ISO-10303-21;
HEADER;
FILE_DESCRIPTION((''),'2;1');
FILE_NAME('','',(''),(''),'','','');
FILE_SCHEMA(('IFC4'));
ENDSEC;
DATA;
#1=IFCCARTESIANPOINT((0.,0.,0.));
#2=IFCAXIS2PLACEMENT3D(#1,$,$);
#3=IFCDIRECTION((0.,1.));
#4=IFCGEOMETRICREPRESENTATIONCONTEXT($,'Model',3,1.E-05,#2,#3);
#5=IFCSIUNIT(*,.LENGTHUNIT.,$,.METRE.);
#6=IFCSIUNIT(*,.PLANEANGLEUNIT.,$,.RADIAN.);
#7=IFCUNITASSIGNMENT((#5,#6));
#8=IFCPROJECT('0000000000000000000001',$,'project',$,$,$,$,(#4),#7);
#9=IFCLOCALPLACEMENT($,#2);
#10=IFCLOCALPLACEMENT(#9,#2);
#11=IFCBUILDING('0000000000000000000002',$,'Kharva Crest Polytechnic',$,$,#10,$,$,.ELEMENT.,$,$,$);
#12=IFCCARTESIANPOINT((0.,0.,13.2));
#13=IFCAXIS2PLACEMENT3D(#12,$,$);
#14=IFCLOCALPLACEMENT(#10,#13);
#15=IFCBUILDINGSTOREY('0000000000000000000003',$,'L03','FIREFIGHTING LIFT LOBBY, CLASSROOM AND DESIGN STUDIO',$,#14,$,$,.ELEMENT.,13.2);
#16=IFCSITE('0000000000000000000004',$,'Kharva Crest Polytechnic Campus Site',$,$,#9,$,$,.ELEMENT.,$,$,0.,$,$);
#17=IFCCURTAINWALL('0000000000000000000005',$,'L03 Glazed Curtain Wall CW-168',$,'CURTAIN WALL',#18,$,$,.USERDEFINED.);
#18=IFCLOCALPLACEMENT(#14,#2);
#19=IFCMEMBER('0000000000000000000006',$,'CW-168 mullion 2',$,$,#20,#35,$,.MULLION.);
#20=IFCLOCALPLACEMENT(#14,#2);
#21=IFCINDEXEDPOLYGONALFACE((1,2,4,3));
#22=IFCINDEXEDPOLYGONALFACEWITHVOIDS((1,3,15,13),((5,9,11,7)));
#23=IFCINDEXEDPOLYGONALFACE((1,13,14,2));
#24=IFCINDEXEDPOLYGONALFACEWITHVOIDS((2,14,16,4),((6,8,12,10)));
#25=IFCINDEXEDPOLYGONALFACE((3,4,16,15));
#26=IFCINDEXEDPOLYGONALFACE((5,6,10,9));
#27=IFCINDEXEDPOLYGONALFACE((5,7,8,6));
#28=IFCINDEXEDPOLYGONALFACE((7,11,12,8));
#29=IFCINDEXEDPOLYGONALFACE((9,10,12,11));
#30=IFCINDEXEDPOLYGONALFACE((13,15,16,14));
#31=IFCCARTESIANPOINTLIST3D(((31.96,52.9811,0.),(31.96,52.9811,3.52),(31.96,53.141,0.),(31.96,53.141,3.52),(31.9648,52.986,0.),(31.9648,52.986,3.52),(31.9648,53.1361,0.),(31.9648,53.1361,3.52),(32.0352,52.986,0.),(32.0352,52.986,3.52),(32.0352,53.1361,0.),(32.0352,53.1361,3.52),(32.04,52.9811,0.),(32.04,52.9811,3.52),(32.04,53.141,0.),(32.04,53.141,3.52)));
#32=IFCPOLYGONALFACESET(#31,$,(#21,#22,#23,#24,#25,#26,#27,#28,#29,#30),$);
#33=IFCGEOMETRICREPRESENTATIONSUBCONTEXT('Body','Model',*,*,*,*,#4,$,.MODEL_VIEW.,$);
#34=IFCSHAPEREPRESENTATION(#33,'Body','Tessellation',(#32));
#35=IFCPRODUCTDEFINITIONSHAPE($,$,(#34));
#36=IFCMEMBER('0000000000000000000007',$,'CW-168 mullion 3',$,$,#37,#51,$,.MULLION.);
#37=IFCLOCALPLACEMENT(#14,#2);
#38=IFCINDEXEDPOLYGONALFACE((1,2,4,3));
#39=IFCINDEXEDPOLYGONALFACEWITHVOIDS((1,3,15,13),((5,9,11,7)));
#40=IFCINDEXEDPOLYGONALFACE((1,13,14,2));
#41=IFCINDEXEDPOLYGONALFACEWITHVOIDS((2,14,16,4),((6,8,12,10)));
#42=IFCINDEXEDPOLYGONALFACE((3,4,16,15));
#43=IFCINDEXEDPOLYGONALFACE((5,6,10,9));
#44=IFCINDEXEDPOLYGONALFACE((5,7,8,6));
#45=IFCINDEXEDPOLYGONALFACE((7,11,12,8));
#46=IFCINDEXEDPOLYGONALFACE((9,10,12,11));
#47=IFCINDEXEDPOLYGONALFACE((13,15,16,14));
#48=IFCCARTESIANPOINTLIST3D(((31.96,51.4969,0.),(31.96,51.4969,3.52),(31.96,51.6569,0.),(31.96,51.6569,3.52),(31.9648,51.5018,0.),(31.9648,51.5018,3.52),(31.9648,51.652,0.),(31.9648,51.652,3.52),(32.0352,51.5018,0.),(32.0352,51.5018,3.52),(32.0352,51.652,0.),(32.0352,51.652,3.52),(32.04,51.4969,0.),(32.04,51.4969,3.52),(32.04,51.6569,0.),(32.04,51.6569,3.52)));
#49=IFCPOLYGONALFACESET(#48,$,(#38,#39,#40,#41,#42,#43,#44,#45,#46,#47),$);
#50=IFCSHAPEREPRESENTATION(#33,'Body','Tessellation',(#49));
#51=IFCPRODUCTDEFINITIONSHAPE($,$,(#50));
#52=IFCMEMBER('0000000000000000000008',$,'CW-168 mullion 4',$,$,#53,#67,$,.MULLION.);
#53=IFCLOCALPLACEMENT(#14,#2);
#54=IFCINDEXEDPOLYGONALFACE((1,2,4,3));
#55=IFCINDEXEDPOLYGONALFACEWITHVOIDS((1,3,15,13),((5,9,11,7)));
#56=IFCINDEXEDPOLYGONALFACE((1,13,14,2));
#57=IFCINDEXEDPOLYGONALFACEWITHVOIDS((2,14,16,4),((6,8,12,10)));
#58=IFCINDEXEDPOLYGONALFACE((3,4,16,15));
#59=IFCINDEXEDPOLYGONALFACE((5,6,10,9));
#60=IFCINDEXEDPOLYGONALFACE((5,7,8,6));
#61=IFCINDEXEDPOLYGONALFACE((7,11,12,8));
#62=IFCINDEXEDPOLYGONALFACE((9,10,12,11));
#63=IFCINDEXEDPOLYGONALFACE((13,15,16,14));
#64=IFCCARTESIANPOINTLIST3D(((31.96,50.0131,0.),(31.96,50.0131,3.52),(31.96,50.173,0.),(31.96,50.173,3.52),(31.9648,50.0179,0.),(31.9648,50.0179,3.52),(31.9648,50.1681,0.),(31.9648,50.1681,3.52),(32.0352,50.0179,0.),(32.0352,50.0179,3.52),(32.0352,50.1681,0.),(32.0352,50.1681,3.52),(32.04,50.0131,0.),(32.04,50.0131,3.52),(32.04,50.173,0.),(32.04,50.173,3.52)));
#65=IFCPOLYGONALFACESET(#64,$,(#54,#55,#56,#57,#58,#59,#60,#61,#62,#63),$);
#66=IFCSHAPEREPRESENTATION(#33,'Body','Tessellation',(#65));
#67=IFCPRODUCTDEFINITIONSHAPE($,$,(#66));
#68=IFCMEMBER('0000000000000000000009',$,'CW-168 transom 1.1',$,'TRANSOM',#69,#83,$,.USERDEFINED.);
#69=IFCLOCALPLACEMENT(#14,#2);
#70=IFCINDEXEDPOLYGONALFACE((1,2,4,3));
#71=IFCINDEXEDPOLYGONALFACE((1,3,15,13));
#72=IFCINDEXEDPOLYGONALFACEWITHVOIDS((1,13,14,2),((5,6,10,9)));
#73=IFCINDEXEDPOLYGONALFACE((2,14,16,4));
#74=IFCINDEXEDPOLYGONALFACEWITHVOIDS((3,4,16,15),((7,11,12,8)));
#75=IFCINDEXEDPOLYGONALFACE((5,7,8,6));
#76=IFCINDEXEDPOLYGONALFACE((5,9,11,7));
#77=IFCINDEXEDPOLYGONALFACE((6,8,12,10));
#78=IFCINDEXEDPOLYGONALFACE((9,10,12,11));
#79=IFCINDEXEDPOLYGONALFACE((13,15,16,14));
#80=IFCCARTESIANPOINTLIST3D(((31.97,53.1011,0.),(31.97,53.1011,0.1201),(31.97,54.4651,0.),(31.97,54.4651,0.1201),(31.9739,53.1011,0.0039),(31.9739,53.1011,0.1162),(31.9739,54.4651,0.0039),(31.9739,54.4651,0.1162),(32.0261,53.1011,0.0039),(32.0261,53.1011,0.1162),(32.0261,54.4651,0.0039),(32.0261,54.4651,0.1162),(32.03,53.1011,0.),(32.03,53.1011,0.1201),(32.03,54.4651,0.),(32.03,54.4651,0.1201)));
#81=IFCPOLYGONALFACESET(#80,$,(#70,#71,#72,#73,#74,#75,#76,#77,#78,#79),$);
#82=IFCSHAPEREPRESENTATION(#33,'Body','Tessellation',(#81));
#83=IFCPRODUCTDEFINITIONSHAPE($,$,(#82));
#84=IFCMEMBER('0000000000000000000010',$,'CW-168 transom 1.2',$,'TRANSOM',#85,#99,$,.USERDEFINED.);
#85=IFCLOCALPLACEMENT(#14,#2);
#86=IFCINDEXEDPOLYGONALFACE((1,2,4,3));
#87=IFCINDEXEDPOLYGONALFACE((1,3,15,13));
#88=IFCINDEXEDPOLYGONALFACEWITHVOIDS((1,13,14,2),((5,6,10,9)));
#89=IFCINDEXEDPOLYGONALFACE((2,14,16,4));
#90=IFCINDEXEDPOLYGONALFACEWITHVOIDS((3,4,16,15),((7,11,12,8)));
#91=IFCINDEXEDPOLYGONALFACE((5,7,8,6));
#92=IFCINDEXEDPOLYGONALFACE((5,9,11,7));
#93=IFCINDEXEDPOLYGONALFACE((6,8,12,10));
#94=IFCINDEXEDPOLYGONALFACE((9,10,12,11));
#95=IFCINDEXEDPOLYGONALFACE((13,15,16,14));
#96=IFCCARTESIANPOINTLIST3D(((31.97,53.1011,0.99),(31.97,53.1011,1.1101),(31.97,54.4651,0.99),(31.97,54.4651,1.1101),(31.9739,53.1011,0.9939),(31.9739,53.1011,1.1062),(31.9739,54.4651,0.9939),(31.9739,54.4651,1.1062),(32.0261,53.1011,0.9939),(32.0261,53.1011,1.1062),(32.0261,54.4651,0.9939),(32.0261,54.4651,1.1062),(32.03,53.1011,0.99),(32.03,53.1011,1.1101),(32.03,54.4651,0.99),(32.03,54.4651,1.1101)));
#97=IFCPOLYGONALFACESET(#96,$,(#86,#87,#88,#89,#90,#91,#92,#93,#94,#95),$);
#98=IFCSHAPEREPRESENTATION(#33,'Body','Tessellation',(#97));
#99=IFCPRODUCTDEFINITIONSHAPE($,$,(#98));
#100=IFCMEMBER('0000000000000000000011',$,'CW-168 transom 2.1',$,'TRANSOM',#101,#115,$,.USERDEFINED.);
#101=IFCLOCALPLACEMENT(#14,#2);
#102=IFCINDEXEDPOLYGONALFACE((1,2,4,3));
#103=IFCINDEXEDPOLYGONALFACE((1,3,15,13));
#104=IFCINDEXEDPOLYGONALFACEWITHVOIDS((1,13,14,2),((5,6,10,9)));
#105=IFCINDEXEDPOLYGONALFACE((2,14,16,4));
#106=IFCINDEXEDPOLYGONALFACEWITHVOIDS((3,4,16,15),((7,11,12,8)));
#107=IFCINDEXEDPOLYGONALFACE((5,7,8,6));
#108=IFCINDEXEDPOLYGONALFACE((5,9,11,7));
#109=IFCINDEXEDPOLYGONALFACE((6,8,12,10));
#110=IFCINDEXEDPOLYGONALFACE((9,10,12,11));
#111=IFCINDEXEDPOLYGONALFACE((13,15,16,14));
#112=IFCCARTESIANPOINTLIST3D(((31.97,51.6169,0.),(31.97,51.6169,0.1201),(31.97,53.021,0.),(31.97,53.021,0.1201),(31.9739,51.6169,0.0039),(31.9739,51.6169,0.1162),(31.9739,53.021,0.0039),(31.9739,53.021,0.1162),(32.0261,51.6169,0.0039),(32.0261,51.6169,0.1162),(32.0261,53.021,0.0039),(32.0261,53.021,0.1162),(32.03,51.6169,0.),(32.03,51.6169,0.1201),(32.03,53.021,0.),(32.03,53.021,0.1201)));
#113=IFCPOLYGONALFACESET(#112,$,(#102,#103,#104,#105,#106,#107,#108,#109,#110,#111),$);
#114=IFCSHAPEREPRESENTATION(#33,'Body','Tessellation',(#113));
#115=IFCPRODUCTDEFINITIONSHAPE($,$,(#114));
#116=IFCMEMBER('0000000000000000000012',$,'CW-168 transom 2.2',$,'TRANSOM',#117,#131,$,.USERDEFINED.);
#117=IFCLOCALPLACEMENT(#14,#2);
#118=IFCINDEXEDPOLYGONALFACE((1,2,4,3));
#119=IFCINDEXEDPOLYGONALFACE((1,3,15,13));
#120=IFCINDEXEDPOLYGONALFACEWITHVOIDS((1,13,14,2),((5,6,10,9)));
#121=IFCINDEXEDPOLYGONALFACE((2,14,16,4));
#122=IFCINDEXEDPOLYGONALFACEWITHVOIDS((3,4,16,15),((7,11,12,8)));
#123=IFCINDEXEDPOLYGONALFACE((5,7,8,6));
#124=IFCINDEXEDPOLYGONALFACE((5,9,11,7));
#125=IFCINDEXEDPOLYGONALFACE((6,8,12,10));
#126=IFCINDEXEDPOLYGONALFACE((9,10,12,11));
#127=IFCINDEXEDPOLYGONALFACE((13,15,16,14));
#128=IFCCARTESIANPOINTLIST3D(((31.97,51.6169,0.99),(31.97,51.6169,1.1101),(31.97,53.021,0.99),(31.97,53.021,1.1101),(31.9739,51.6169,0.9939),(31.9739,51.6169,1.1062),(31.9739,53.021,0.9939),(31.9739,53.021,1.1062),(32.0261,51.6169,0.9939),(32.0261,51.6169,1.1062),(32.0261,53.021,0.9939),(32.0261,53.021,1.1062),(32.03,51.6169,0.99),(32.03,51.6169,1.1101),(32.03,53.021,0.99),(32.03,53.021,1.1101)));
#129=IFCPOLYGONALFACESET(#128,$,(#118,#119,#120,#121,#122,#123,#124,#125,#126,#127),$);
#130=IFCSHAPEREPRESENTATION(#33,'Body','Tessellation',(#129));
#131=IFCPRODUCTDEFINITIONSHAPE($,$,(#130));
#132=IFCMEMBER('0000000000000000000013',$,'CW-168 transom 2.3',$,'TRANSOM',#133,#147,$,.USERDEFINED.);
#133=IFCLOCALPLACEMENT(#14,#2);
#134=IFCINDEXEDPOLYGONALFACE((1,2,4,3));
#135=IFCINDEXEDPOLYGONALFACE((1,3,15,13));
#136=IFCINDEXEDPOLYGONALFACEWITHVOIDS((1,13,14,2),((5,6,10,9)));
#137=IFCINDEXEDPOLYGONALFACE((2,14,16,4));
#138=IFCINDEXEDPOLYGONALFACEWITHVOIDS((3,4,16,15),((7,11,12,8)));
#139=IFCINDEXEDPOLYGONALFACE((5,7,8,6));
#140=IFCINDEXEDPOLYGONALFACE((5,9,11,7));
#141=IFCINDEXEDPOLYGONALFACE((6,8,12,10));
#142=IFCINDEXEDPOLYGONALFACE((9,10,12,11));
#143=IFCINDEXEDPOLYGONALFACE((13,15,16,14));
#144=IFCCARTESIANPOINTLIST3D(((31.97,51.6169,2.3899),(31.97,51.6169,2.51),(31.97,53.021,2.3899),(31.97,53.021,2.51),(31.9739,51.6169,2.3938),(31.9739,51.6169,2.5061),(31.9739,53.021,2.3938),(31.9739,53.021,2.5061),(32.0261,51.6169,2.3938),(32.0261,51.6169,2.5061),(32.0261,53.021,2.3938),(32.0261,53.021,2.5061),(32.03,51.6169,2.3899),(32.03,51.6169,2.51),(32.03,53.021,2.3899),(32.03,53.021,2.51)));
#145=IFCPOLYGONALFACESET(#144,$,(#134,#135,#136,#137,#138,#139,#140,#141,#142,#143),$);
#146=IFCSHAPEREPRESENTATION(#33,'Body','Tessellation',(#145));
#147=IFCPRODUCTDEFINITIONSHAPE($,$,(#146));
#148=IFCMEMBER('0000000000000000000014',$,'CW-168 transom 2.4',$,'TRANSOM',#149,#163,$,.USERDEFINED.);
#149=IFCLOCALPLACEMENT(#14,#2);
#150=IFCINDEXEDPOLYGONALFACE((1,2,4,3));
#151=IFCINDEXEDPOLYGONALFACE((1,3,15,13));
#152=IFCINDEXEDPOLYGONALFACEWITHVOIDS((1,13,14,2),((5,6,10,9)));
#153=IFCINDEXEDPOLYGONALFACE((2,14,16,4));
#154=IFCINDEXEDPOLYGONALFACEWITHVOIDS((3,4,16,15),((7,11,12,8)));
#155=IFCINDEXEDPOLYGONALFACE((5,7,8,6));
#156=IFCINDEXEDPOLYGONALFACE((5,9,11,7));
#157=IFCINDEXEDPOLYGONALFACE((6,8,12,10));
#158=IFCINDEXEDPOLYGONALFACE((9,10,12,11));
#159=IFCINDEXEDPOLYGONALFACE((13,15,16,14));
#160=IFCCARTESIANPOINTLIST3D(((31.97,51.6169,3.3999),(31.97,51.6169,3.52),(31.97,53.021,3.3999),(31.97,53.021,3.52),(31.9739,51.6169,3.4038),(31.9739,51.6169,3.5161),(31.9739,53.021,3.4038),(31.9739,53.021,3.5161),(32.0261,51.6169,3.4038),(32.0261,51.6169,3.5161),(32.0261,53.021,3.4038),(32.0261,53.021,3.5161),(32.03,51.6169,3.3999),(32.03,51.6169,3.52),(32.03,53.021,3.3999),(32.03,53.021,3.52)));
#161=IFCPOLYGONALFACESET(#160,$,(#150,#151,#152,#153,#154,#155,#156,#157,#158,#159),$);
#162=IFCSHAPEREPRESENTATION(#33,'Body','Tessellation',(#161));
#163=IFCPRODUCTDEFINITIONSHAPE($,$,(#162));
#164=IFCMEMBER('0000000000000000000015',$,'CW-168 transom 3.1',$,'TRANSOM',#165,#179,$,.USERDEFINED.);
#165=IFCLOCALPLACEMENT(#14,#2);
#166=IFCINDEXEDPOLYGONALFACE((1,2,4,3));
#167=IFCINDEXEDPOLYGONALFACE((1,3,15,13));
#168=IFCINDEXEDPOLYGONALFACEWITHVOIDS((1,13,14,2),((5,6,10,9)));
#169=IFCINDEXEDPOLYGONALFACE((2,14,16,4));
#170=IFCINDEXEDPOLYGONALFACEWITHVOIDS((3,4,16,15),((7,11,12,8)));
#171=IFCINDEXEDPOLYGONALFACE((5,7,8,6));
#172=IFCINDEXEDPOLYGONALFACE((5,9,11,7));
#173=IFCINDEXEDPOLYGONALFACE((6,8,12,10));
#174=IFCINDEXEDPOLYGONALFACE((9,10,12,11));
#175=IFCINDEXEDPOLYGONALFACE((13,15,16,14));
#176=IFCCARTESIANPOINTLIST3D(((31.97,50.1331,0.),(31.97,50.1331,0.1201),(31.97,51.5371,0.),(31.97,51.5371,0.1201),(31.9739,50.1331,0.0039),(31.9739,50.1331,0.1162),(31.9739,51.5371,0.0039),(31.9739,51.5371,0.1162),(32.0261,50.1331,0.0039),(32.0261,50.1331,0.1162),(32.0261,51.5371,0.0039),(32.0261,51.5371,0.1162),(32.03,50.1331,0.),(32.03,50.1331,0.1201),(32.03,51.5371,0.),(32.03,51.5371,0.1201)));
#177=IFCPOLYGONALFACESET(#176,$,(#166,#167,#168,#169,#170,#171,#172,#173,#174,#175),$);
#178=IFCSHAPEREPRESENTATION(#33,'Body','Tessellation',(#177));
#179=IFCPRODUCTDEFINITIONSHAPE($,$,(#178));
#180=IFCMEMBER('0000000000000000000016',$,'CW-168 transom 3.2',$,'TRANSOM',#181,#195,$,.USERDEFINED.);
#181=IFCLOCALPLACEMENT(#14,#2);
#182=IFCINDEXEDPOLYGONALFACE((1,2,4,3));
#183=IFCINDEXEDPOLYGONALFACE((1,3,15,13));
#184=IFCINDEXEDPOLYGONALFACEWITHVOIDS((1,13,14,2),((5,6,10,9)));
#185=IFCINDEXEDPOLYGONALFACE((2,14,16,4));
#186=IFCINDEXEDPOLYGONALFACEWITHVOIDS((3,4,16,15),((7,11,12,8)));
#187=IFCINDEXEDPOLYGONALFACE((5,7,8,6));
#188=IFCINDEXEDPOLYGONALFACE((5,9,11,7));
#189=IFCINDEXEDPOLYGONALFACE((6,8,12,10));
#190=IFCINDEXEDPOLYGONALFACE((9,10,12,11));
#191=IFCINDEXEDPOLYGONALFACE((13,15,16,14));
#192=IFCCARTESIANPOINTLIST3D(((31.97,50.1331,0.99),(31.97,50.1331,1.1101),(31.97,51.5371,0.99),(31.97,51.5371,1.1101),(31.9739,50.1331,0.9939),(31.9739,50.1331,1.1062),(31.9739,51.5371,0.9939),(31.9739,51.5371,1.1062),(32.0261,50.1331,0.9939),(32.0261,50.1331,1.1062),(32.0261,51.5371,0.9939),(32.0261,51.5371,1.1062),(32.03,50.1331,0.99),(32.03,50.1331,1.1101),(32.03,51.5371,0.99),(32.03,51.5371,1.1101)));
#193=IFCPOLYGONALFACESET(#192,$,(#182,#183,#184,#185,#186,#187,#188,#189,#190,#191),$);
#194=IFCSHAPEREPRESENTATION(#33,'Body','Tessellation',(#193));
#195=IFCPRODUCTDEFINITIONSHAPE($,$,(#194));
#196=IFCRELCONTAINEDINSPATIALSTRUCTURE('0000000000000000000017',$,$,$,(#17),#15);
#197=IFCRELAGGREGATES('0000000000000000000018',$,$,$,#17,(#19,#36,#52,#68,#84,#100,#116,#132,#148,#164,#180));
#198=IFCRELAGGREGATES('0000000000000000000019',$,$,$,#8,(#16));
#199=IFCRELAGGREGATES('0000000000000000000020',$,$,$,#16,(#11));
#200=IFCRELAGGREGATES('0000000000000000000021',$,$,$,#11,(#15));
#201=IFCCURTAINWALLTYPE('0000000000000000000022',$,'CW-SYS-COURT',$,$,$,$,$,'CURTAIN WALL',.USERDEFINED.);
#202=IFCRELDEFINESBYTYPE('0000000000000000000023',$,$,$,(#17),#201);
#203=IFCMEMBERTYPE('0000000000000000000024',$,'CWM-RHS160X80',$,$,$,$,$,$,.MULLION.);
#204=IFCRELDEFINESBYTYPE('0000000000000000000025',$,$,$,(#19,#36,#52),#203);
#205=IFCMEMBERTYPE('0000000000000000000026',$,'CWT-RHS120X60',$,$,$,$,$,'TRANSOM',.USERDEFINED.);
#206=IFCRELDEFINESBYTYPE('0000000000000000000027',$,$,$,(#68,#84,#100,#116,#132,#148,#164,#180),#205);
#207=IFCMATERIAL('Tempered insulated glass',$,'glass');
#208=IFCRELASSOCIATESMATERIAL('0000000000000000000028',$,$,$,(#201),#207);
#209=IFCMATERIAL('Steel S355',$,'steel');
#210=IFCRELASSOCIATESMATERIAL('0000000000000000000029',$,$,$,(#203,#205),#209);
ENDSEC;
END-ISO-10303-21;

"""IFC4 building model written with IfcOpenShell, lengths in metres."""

from ifc_helpers import new_model, si_unit, direction, frame, origin, origin_2d, place, context, subcontext, project, spatial, hollow_rectangle, extrude, material, material_profile, profile_set, type_object, element, aggregate, save


model = new_model("IFC4")

# Units and contexts
model_context = context("Model", 3, precision=1e-05, world=origin(), true_north=direction((0.0, 1.0)))
body_context = subcontext(model_context, "Body", "Model", "MODEL_VIEW")
ifc_project = project(units=[si_unit("LENGTHUNIT", "METRE"), si_unit("PLANEANGLEUNIT", "RADIAN")], contexts=[model_context])

# Site, building, storey
site_placement = place(None, origin())
site = spatial("IfcSite", under=ifc_project, at=site_placement, Name="Kharva Crest Polytechnic Campus Site", CompositionType="ELEMENT", RefElevation=0.0)
building_placement = place(site_placement, origin())
building = spatial("IfcBuilding", under=site, at=building_placement, Name="Kharva Crest Polytechnic", CompositionType="ELEMENT")
storey_placement = place(building_placement, frame((0.0, 0.0, 13.2)))
storey = spatial("IfcBuildingStorey", under=building, at=storey_placement, Name="L03", Description="FIREFIGHTING LIFT LOBBY, CLASSROOM AND DESIGN STUDIO", CompositionType="ELEMENT", Elevation=13.2)

# Curtain wall, members
ifc_material_1 = material(Name="Tempered insulated glass", Category="glass")
curtain_wall_type = type_object("IfcCurtainWallType", Name="CW-SYS-COURT", ElementType="CURTAIN WALL", PredefinedType="USERDEFINED", material=ifc_material_1)
curtain_wall_placement = place(storey_placement, origin())
curtain_wall = element("IfcCurtainWall", 1, at=curtain_wall_placement, inside=storey, type_object=curtain_wall_type, Name="L03 Glazed Curtain Wall CW-168", ObjectType="CURTAIN WALL", PredefinedType="USERDEFINED")
ifc_material_2 = material(Name="Steel S355", Category="steel")
ifc_material_profile_1 = material_profile(ifc_material_2, hollow_rectangle(XDim=0.0801, YDim=0.1599, WallThickness=0.0049, at=origin_2d()), Name="RHS 160X80X5.0")
ifc_profile_set_1 = profile_set([ifc_material_profile_1], Name="Steel S355")
member_type_1 = type_object("IfcMemberType", Name="CWM-RHS160X80", PredefinedType="MULLION", material=ifc_profile_set_1)
member_1_placement = place(storey_placement, frame((32.0, 53.061, 0.0), z_axis=(0.0, 0.0, 1.0), x_axis=(1.0, 0.0, 0.0)))
member_1 = element("IfcMember", 2, at=member_1_placement, type_object=member_type_1, Name="CW-168 mullion 2", PredefinedType="MULLION", context=body_context, shape_type="SweptSolid", body=[
    extrude(hollow_rectangle(XDim=0.0801, YDim=0.1599, WallThickness=0.0049, at=origin_2d()), origin(), (0.0, 0.0, 1.0), 3.52),
])
member_2_placement = place(storey_placement, frame((32.0, 51.5769, 0.0), z_axis=(0.0, 0.0, 1.0), x_axis=(1.0, 0.0, 0.0)))
member_2 = element("IfcMember", 3, at=member_2_placement, type_object=member_type_1, Name="CW-168 mullion 3", PredefinedType="MULLION", context=body_context, shape_type="SweptSolid", body=[
    extrude(hollow_rectangle(XDim=0.0801, YDim=0.1599, WallThickness=0.0049, at=origin_2d()), origin(), (0.0, 0.0, 1.0), 3.52),
])
member_3_placement = place(storey_placement, frame((32.0, 50.093, 0.0), z_axis=(0.0, 0.0, 1.0), x_axis=(1.0, 0.0, 0.0)))
member_3 = element("IfcMember", 4, at=member_3_placement, type_object=member_type_1, Name="CW-168 mullion 4", PredefinedType="MULLION", context=body_context, shape_type="SweptSolid", body=[
    extrude(hollow_rectangle(XDim=0.0801, YDim=0.1599, WallThickness=0.0049, at=origin_2d()), origin(), (0.0, 0.0, 1.0), 3.52),
])
ifc_material_profile_2 = material_profile(ifc_material_2, hollow_rectangle(XDim=0.0601, YDim=0.1201, WallThickness=0.0039, at=origin_2d()), Name="RHS 120X60X4.0")
ifc_profile_set_2 = profile_set([ifc_material_profile_2], Name="Steel S355")
member_type_2 = type_object("IfcMemberType", Name="CWT-RHS120X60", ElementType="TRANSOM", PredefinedType="USERDEFINED", material=ifc_profile_set_2)
member_4_placement = place(storey_placement, frame((32.0, 54.4651, 0.0601), z_axis=(0.0, -1.0, 0.0), x_axis=(1.0, 0.0, 0.0)))
member_4 = element("IfcMember", 5, at=member_4_placement, type_object=member_type_2, Name="CW-168 transom 1.1", ObjectType="TRANSOM", PredefinedType="USERDEFINED", context=body_context, shape_type="SweptSolid", body=[
    extrude(hollow_rectangle(XDim=0.0601, YDim=0.1201, WallThickness=0.0039, at=origin_2d()), origin(), (0.0, 0.0, 1.0), 1.364),
])
member_5_placement = place(storey_placement, frame((32.0, 54.4651, 1.05), z_axis=(0.0, -1.0, 0.0), x_axis=(1.0, 0.0, 0.0)))
member_5 = element("IfcMember", 6, at=member_5_placement, type_object=member_type_2, Name="CW-168 transom 1.2", ObjectType="TRANSOM", PredefinedType="USERDEFINED", context=body_context, shape_type="SweptSolid", body=[
    extrude(hollow_rectangle(XDim=0.0601, YDim=0.1201, WallThickness=0.0039, at=origin_2d()), origin(), (0.0, 0.0, 1.0), 1.364),
])
member_6_placement = place(storey_placement, frame((32.0, 53.021, 0.0601), z_axis=(0.0, -1.0, 0.0), x_axis=(1.0, 0.0, 0.0)))
member_6 = element("IfcMember", 7, at=member_6_placement, type_object=member_type_2, Name="CW-168 transom 2.1", ObjectType="TRANSOM", PredefinedType="USERDEFINED", context=body_context, shape_type="SweptSolid", body=[
    extrude(hollow_rectangle(XDim=0.0601, YDim=0.1201, WallThickness=0.0039, at=origin_2d()), origin(), (0.0, 0.0, 1.0), 1.4041),
])
member_7_placement = place(storey_placement, frame((32.0, 53.021, 1.05), z_axis=(0.0, -1.0, 0.0), x_axis=(1.0, 0.0, 0.0)))
member_7 = element("IfcMember", 8, at=member_7_placement, type_object=member_type_2, Name="CW-168 transom 2.2", ObjectType="TRANSOM", PredefinedType="USERDEFINED", context=body_context, shape_type="SweptSolid", body=[
    extrude(hollow_rectangle(XDim=0.0601, YDim=0.1201, WallThickness=0.0039, at=origin_2d()), origin(), (0.0, 0.0, 1.0), 1.4041),
])
member_8_placement = place(storey_placement, frame((32.0, 53.021, 2.45), z_axis=(0.0, -1.0, 0.0), x_axis=(1.0, 0.0, 0.0)))
member_8 = element("IfcMember", 9, at=member_8_placement, type_object=member_type_2, Name="CW-168 transom 2.3", ObjectType="TRANSOM", PredefinedType="USERDEFINED", context=body_context, shape_type="SweptSolid", body=[
    extrude(hollow_rectangle(XDim=0.0601, YDim=0.1201, WallThickness=0.0039, at=origin_2d()), origin(), (0.0, 0.0, 1.0), 1.4041),
])
member_9_placement = place(storey_placement, frame((32.0, 53.021, 3.46), z_axis=(0.0, -1.0, 0.0), x_axis=(1.0, 0.0, 0.0)))
member_9 = element("IfcMember", 10, at=member_9_placement, type_object=member_type_2, Name="CW-168 transom 2.4", ObjectType="TRANSOM", PredefinedType="USERDEFINED", context=body_context, shape_type="SweptSolid", body=[
    extrude(hollow_rectangle(XDim=0.0601, YDim=0.1201, WallThickness=0.0039, at=origin_2d()), origin(), (0.0, 0.0, 1.0), 1.4041),
])
member_10_placement = place(storey_placement, frame((32.0, 51.5371, 0.0601), z_axis=(0.0, -1.0, 0.0), x_axis=(1.0, 0.0, 0.0)))
member_10 = element("IfcMember", 11, at=member_10_placement, type_object=member_type_2, Name="CW-168 transom 3.1", ObjectType="TRANSOM", PredefinedType="USERDEFINED", context=body_context, shape_type="SweptSolid", body=[
    extrude(hollow_rectangle(XDim=0.0601, YDim=0.1201, WallThickness=0.0039, at=origin_2d()), origin(), (0.0, 0.0, 1.0), 1.4041),
])
member_11_placement = place(storey_placement, frame((32.0, 51.5371, 1.05), z_axis=(0.0, -1.0, 0.0), x_axis=(1.0, 0.0, 0.0)))
member_11 = element("IfcMember", 12, at=member_11_placement, type_object=member_type_2, Name="CW-168 transom 3.2", ObjectType="TRANSOM", PredefinedType="USERDEFINED", context=body_context, shape_type="SweptSolid", body=[
    extrude(hollow_rectangle(XDim=0.0601, YDim=0.1201, WallThickness=0.0039, at=origin_2d()), origin(), (0.0, 0.0, 1.0), 1.4041),
])
aggregate(curtain_wall, [member_1, member_2, member_3, member_4, member_5, member_6, member_7, member_8, member_9, member_10, member_11])

save(model, "model.ifc")
